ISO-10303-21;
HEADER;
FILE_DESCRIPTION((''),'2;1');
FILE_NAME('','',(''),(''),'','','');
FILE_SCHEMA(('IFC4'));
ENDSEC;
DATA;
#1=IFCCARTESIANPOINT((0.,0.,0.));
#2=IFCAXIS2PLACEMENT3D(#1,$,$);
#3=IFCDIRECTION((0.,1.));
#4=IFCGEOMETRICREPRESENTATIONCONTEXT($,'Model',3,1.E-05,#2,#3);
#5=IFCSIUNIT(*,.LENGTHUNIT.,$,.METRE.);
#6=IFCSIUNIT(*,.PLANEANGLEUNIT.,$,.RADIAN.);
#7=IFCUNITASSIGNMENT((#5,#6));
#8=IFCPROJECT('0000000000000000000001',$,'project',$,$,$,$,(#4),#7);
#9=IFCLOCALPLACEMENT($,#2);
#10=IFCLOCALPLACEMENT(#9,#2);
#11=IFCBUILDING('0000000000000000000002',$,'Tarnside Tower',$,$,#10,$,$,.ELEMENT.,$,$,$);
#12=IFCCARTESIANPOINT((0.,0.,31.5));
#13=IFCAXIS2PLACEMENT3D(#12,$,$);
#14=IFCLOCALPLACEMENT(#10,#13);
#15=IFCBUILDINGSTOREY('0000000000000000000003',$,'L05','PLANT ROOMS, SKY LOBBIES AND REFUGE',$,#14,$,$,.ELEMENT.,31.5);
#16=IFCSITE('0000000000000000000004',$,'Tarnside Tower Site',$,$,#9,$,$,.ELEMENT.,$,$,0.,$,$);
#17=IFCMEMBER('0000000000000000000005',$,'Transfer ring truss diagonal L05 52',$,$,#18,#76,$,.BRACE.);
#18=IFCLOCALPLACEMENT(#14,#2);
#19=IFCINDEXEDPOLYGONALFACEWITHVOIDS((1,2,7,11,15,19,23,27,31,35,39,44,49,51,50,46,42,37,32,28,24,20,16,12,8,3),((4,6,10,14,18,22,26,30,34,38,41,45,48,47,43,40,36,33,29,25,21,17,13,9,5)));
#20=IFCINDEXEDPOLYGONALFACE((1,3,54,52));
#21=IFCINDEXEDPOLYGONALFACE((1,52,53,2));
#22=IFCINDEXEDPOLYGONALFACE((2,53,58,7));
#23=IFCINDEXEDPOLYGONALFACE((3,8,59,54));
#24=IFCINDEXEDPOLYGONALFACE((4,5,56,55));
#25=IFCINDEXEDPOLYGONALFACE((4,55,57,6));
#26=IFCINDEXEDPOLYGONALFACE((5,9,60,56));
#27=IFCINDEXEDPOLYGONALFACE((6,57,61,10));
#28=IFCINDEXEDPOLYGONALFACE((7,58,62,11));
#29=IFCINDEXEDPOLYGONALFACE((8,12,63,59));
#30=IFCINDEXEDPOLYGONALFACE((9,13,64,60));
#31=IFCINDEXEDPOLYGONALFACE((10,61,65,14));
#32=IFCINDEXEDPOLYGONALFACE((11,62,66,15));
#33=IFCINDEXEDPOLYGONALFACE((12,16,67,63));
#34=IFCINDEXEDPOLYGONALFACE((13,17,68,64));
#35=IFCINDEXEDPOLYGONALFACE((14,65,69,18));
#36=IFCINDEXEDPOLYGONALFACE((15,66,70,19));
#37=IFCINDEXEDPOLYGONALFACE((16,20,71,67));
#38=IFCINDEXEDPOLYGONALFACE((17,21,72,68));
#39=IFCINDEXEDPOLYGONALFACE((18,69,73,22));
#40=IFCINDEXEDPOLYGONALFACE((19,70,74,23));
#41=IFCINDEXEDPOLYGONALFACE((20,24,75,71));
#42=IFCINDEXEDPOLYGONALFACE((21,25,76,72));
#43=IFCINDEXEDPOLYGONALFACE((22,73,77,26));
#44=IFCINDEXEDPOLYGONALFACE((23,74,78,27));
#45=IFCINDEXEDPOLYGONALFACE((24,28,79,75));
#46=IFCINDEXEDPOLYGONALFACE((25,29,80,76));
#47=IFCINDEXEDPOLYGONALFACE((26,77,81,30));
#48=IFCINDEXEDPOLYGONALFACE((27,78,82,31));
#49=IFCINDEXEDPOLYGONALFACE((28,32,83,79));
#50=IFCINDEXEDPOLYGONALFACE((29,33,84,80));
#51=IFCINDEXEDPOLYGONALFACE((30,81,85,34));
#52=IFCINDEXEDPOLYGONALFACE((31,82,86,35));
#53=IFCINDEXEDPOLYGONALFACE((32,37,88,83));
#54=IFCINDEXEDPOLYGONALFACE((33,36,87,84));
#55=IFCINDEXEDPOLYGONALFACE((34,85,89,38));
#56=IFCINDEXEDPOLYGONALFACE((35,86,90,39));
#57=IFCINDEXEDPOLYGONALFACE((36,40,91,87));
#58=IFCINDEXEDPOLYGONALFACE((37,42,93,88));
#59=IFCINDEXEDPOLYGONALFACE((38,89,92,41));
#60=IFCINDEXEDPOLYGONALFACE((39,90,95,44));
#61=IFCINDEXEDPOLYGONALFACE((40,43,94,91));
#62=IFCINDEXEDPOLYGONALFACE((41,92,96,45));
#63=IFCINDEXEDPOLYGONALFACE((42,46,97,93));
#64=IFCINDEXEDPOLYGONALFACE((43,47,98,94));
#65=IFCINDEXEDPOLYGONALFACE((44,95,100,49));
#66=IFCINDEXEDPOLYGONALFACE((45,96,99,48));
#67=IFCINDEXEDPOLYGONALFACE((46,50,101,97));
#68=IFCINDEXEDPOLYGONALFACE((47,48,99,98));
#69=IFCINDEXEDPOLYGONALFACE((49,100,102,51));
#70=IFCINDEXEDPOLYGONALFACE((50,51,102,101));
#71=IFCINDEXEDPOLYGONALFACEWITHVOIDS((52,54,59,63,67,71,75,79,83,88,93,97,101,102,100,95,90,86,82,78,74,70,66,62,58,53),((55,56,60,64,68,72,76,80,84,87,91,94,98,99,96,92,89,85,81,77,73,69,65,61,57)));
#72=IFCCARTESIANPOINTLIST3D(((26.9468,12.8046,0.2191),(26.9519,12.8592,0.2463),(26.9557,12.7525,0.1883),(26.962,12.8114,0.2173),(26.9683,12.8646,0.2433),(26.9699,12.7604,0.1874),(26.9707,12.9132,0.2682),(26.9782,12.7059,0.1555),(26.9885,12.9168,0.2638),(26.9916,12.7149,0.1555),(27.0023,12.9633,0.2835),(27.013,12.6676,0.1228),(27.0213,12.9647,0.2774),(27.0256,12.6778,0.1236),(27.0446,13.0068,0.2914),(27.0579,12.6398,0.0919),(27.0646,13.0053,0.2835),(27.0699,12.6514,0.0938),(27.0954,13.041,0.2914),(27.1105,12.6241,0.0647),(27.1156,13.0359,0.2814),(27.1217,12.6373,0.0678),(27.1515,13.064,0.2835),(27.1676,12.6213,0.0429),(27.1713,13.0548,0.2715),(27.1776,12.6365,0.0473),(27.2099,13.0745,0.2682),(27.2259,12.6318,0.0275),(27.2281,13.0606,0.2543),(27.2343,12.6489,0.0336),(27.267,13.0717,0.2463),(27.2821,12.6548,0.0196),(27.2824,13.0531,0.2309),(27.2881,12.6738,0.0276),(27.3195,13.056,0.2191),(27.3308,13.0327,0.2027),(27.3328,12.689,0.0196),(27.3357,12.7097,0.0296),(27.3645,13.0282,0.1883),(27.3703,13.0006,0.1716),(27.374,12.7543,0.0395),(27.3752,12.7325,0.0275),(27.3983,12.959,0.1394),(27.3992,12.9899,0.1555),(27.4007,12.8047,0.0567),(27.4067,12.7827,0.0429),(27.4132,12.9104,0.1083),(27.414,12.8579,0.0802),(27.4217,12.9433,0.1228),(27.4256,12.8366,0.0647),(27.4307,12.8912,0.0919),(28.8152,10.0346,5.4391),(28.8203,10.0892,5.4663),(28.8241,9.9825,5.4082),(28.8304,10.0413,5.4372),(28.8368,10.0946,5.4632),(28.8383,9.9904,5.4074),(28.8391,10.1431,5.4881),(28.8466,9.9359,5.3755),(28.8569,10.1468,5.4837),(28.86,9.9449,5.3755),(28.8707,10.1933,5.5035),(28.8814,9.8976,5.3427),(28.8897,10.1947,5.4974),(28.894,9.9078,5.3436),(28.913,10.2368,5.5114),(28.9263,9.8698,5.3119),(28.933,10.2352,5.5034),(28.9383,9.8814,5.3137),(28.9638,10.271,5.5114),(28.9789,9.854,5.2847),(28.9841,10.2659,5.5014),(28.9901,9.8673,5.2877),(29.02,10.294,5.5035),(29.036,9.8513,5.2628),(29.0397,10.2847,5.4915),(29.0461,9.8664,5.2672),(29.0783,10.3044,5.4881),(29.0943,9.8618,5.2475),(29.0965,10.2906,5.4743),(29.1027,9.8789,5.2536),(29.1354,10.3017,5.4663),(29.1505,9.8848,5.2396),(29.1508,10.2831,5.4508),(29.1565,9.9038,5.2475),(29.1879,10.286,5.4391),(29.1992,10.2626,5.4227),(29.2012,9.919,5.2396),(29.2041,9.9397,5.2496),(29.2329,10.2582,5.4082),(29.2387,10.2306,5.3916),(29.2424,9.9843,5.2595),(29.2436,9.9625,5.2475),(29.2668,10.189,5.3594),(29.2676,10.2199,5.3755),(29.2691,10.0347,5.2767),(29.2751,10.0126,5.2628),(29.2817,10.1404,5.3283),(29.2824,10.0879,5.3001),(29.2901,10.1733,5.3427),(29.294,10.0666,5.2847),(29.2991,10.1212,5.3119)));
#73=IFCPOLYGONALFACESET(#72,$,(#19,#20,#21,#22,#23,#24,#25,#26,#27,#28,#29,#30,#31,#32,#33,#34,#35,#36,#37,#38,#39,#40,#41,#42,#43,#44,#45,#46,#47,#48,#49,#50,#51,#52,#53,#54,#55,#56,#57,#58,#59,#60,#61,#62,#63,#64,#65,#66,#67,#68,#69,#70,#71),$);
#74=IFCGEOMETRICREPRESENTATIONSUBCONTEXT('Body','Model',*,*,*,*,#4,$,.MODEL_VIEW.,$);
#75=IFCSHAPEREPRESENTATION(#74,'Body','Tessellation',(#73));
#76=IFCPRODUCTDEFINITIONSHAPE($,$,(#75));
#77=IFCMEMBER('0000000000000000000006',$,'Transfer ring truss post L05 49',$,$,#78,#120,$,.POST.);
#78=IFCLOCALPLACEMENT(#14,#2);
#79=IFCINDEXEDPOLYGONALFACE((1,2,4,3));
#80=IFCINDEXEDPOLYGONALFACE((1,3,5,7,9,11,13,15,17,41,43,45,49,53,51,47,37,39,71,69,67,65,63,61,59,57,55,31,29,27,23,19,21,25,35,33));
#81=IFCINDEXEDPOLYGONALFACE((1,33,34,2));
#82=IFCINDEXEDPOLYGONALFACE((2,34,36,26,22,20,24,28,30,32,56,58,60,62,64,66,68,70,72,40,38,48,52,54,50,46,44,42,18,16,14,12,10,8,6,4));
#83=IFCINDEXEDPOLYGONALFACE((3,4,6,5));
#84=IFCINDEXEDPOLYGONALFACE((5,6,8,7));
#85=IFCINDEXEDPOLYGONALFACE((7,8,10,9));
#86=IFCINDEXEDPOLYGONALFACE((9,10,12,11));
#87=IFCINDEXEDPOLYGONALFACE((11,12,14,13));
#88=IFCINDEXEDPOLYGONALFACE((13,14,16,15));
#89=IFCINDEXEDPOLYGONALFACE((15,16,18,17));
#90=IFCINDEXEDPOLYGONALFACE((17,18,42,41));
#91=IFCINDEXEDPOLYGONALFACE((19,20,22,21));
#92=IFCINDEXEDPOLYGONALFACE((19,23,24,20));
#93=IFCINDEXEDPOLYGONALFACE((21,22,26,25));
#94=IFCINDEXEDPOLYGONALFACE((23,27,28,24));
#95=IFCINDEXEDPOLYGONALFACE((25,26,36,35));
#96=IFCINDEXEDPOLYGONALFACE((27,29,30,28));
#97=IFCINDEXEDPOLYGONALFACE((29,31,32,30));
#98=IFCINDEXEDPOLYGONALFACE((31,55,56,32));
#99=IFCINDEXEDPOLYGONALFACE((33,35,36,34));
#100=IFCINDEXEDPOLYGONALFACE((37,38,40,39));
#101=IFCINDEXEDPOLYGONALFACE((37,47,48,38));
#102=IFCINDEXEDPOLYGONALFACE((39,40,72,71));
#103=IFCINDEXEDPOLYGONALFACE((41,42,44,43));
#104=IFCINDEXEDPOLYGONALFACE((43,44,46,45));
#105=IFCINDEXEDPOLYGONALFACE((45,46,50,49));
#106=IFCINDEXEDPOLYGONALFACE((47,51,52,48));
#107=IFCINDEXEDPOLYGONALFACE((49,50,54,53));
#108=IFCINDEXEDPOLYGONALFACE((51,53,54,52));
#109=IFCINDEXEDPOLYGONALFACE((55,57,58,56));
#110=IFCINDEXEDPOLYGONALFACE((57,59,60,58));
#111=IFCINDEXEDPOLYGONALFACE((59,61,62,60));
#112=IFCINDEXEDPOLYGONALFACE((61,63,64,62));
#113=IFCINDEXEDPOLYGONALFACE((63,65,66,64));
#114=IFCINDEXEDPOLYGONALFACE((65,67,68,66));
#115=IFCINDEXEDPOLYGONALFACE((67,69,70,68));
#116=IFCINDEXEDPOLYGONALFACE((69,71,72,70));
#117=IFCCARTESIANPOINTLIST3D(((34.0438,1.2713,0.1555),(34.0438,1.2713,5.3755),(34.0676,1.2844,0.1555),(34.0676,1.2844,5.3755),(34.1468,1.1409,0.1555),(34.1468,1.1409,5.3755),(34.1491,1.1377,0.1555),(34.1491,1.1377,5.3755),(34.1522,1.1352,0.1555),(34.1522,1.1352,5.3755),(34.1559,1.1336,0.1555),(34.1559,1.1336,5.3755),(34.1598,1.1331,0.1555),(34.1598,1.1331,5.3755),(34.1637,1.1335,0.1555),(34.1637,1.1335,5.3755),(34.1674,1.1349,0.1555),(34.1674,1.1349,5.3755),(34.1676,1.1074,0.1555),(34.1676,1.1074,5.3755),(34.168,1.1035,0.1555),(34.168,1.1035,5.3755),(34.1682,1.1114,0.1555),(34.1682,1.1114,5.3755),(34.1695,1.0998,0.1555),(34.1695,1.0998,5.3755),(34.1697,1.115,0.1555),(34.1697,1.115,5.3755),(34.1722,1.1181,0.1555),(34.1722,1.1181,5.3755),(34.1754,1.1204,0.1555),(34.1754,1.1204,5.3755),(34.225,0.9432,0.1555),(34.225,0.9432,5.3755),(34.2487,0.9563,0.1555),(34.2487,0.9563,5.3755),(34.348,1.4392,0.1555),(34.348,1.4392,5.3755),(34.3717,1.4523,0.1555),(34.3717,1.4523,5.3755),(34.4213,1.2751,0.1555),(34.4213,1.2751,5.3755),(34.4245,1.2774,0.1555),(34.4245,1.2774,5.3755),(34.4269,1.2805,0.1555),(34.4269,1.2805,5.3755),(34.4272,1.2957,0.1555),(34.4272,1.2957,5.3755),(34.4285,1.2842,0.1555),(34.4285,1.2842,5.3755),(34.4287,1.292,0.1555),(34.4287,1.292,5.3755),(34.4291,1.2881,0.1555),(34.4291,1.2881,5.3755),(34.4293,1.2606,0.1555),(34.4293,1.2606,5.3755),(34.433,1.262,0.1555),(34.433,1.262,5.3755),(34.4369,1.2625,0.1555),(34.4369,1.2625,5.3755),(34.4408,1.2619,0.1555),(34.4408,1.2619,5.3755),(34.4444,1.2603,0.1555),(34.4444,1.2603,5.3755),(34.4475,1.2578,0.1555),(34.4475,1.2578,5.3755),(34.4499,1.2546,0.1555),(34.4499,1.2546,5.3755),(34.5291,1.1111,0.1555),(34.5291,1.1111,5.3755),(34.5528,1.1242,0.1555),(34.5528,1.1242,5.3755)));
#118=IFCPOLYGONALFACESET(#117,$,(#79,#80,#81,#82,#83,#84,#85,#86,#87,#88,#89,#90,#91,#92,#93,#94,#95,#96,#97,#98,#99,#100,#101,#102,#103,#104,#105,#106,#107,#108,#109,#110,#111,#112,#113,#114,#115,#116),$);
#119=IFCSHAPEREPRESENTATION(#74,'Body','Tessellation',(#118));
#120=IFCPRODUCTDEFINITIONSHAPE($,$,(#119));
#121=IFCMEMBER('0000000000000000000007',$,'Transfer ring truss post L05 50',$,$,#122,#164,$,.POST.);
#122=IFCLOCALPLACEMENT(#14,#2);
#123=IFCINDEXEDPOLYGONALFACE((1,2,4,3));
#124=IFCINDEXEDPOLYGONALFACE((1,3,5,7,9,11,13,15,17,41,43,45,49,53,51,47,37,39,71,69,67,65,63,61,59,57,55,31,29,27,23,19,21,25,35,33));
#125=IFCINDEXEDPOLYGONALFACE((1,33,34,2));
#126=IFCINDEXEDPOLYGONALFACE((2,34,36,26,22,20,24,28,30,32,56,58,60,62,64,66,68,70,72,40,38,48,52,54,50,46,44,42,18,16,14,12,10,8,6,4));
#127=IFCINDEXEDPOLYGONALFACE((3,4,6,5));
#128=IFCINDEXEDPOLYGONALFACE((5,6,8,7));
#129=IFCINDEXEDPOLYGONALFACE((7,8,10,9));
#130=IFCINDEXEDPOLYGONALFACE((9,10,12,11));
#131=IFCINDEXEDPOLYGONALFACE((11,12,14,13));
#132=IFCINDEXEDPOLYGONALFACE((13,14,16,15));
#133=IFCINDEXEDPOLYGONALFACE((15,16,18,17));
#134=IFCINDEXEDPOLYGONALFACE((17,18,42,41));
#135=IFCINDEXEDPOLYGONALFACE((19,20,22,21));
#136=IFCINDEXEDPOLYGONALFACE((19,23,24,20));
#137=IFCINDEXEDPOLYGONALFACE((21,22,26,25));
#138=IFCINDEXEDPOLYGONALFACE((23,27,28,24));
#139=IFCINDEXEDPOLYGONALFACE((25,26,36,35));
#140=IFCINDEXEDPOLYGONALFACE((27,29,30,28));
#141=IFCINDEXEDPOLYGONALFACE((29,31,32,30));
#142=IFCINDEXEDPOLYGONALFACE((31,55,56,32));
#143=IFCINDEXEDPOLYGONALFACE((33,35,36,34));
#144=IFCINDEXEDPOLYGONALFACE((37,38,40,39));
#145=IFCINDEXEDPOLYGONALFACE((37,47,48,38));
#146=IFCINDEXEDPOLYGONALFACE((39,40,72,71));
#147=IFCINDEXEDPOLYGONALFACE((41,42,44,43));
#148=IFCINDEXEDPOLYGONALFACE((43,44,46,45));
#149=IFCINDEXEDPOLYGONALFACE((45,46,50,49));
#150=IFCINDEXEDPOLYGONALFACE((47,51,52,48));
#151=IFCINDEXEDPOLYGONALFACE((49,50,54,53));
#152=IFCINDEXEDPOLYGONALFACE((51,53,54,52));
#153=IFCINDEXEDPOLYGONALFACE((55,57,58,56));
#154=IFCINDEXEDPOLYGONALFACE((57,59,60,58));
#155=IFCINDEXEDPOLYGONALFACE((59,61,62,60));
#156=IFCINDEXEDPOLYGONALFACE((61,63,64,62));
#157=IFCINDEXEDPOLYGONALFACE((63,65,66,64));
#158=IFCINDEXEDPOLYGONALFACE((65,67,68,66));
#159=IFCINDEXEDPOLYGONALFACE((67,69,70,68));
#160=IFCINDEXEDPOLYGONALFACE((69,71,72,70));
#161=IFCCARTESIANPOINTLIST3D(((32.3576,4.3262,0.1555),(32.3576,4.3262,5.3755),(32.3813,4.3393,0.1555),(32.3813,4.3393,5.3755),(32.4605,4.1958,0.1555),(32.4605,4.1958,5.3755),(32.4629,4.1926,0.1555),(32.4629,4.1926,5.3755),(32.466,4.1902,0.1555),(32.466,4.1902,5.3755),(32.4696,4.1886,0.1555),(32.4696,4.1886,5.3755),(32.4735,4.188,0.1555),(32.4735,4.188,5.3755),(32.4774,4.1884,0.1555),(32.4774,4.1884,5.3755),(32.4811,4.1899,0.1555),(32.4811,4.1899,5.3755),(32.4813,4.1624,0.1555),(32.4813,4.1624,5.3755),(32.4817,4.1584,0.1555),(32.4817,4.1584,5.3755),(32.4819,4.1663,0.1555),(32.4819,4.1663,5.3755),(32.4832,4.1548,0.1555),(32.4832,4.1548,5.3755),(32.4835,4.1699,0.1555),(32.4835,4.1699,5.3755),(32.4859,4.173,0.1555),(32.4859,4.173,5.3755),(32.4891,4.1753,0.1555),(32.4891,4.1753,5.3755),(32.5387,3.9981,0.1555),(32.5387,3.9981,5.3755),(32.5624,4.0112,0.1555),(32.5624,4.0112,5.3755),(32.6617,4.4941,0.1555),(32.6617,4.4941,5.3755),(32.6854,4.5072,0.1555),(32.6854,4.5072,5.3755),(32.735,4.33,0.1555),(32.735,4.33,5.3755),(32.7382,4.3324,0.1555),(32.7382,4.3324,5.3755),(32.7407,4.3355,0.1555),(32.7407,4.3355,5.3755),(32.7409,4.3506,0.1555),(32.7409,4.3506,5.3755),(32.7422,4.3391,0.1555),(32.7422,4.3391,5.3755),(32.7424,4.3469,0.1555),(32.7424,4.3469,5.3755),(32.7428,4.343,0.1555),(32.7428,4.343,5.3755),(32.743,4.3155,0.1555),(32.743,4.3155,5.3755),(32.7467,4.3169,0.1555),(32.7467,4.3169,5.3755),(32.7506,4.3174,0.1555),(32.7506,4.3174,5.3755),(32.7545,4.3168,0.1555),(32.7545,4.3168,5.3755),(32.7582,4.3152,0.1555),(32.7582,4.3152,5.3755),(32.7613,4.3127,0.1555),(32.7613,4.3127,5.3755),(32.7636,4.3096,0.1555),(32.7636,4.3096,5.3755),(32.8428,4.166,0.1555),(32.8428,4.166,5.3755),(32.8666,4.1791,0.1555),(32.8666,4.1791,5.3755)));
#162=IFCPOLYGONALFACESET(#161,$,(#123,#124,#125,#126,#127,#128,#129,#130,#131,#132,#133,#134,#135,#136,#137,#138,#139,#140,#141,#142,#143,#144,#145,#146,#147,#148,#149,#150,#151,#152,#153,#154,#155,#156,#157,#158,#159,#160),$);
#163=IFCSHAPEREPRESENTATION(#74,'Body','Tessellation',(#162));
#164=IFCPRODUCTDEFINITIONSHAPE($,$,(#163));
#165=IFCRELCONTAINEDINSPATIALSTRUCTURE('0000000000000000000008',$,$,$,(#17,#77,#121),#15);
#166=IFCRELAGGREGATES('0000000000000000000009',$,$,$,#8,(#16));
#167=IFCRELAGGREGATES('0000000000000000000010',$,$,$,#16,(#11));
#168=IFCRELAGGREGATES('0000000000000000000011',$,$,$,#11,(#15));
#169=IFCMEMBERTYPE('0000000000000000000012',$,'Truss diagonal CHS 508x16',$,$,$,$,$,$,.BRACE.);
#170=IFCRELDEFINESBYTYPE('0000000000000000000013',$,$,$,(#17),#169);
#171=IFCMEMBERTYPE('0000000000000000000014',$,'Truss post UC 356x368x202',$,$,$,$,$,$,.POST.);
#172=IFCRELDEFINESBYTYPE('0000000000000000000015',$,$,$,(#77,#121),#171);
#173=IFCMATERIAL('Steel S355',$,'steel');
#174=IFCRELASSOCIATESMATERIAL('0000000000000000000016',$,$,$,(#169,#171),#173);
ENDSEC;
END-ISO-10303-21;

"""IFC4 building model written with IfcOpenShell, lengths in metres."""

from ifc_helpers import new_model, si_unit, direction, frame, origin, origin_2d, place, context, subcontext, project, spatial, hollow_circle, i_section, extrude, material, material_profile, profile_set, type_object, element, save


model = new_model("IFC4")

# Units and contexts
model_context = context("Model", 3, precision=1e-05, world=origin(), true_north=direction((0.0, 1.0)))
body_context = subcontext(model_context, "Body", "Model", "MODEL_VIEW")
ifc_project = project(units=[si_unit("LENGTHUNIT", "METRE"), si_unit("PLANEANGLEUNIT", "RADIAN")], contexts=[model_context])

# Site, building, storey
site_placement = place(None, origin())
site = spatial("IfcSite", under=ifc_project, at=site_placement, Name="Tarnside Tower Site", CompositionType="ELEMENT", RefElevation=0.0)
building_placement = place(site_placement, origin())
building = spatial("IfcBuilding", under=site, at=building_placement, Name="Tarnside Tower", CompositionType="ELEMENT")
storey_placement = place(building_placement, frame((0.0, 0.0, 31.5)))
storey = spatial("IfcBuildingStorey", under=building, at=storey_placement, Name="L05", Description="PLANT ROOMS, SKY LOBBIES AND REFUGE", CompositionType="ELEMENT", Elevation=31.5)

# Shared definitions
ifc_material_1 = material(Name="Steel S355", Category="steel")

# Members
ifc_material_profile_1 = material_profile(ifc_material_1, hollow_circle(Radius=0.2539, WallThickness=0.0161, at=origin_2d()), Name="CHS 508x16")
ifc_profile_set_1 = profile_set([ifc_material_profile_1], Name="Steel S355")
member_type_1 = type_object("IfcMemberType", Name="Truss diagonal CHS 508x16", PredefinedType="BRACE", material=ifc_profile_set_1)
for number, where, z_axis, x_axis, name in (
    (1, (29.0571, 10.0779, 5.3755), (-0.301466, 0.44694, -0.842237), (-0.829037, -0.559194, 0.0), "Transfer ring truss diagonal L05 52"),
):
    element("IfcMember", number, at=place(storey_placement, frame(where, z_axis=z_axis, x_axis=x_axis)), inside=storey, type_object=member_type_1, Name=name, PredefinedType="BRACE", context=body_context, shape_type="SweptSolid", body=[
        extrude(hollow_circle(Radius=0.2539, WallThickness=0.0161, at=origin_2d()), origin(), (0.0, 0.0, 1.0), 6.1978),
    ])
ifc_material_profile_2 = material_profile(ifc_material_1, i_section(OverallWidth=0.3748, OverallDepth=0.3745, WebThickness=0.0166, FlangeThickness=0.0271, FilletRadius=0.0151, at=origin_2d()), Name="UC 356x368x202")
ifc_profile_set_2 = profile_set([ifc_material_profile_2], Name="Steel S355")
member_type_2 = type_object("IfcMemberType", Name="Truss post UC 356x368x202", PredefinedType="POST", material=ifc_profile_set_2)
for number, where, z_axis, x_axis, name in (
    (2, (34.2983, 1.1978, 0.1555), (0.0, 0.0, 1.0), (-0.483259, 0.875477, 0.0), "Transfer ring truss post L05 49"),
    (3, (32.6121, 4.2527, 0.1555), (0.0, 0.0, 1.0), (-0.483259, 0.875477, 0.0), "Transfer ring truss post L05 50"),
):
    element("IfcMember", number, at=place(storey_placement, frame(where, z_axis=z_axis, x_axis=x_axis)), inside=storey, type_object=member_type_2, Name=name, PredefinedType="POST", context=body_context, shape_type="SweptSolid", body=[
        extrude(i_section(OverallWidth=0.3748, OverallDepth=0.3745, WebThickness=0.0166, FlangeThickness=0.0271, FilletRadius=0.0151, at=origin_2d()), origin(), (0.0, 0.0, 1.0), 5.22),
    ])

save(model, "model.ifc")
